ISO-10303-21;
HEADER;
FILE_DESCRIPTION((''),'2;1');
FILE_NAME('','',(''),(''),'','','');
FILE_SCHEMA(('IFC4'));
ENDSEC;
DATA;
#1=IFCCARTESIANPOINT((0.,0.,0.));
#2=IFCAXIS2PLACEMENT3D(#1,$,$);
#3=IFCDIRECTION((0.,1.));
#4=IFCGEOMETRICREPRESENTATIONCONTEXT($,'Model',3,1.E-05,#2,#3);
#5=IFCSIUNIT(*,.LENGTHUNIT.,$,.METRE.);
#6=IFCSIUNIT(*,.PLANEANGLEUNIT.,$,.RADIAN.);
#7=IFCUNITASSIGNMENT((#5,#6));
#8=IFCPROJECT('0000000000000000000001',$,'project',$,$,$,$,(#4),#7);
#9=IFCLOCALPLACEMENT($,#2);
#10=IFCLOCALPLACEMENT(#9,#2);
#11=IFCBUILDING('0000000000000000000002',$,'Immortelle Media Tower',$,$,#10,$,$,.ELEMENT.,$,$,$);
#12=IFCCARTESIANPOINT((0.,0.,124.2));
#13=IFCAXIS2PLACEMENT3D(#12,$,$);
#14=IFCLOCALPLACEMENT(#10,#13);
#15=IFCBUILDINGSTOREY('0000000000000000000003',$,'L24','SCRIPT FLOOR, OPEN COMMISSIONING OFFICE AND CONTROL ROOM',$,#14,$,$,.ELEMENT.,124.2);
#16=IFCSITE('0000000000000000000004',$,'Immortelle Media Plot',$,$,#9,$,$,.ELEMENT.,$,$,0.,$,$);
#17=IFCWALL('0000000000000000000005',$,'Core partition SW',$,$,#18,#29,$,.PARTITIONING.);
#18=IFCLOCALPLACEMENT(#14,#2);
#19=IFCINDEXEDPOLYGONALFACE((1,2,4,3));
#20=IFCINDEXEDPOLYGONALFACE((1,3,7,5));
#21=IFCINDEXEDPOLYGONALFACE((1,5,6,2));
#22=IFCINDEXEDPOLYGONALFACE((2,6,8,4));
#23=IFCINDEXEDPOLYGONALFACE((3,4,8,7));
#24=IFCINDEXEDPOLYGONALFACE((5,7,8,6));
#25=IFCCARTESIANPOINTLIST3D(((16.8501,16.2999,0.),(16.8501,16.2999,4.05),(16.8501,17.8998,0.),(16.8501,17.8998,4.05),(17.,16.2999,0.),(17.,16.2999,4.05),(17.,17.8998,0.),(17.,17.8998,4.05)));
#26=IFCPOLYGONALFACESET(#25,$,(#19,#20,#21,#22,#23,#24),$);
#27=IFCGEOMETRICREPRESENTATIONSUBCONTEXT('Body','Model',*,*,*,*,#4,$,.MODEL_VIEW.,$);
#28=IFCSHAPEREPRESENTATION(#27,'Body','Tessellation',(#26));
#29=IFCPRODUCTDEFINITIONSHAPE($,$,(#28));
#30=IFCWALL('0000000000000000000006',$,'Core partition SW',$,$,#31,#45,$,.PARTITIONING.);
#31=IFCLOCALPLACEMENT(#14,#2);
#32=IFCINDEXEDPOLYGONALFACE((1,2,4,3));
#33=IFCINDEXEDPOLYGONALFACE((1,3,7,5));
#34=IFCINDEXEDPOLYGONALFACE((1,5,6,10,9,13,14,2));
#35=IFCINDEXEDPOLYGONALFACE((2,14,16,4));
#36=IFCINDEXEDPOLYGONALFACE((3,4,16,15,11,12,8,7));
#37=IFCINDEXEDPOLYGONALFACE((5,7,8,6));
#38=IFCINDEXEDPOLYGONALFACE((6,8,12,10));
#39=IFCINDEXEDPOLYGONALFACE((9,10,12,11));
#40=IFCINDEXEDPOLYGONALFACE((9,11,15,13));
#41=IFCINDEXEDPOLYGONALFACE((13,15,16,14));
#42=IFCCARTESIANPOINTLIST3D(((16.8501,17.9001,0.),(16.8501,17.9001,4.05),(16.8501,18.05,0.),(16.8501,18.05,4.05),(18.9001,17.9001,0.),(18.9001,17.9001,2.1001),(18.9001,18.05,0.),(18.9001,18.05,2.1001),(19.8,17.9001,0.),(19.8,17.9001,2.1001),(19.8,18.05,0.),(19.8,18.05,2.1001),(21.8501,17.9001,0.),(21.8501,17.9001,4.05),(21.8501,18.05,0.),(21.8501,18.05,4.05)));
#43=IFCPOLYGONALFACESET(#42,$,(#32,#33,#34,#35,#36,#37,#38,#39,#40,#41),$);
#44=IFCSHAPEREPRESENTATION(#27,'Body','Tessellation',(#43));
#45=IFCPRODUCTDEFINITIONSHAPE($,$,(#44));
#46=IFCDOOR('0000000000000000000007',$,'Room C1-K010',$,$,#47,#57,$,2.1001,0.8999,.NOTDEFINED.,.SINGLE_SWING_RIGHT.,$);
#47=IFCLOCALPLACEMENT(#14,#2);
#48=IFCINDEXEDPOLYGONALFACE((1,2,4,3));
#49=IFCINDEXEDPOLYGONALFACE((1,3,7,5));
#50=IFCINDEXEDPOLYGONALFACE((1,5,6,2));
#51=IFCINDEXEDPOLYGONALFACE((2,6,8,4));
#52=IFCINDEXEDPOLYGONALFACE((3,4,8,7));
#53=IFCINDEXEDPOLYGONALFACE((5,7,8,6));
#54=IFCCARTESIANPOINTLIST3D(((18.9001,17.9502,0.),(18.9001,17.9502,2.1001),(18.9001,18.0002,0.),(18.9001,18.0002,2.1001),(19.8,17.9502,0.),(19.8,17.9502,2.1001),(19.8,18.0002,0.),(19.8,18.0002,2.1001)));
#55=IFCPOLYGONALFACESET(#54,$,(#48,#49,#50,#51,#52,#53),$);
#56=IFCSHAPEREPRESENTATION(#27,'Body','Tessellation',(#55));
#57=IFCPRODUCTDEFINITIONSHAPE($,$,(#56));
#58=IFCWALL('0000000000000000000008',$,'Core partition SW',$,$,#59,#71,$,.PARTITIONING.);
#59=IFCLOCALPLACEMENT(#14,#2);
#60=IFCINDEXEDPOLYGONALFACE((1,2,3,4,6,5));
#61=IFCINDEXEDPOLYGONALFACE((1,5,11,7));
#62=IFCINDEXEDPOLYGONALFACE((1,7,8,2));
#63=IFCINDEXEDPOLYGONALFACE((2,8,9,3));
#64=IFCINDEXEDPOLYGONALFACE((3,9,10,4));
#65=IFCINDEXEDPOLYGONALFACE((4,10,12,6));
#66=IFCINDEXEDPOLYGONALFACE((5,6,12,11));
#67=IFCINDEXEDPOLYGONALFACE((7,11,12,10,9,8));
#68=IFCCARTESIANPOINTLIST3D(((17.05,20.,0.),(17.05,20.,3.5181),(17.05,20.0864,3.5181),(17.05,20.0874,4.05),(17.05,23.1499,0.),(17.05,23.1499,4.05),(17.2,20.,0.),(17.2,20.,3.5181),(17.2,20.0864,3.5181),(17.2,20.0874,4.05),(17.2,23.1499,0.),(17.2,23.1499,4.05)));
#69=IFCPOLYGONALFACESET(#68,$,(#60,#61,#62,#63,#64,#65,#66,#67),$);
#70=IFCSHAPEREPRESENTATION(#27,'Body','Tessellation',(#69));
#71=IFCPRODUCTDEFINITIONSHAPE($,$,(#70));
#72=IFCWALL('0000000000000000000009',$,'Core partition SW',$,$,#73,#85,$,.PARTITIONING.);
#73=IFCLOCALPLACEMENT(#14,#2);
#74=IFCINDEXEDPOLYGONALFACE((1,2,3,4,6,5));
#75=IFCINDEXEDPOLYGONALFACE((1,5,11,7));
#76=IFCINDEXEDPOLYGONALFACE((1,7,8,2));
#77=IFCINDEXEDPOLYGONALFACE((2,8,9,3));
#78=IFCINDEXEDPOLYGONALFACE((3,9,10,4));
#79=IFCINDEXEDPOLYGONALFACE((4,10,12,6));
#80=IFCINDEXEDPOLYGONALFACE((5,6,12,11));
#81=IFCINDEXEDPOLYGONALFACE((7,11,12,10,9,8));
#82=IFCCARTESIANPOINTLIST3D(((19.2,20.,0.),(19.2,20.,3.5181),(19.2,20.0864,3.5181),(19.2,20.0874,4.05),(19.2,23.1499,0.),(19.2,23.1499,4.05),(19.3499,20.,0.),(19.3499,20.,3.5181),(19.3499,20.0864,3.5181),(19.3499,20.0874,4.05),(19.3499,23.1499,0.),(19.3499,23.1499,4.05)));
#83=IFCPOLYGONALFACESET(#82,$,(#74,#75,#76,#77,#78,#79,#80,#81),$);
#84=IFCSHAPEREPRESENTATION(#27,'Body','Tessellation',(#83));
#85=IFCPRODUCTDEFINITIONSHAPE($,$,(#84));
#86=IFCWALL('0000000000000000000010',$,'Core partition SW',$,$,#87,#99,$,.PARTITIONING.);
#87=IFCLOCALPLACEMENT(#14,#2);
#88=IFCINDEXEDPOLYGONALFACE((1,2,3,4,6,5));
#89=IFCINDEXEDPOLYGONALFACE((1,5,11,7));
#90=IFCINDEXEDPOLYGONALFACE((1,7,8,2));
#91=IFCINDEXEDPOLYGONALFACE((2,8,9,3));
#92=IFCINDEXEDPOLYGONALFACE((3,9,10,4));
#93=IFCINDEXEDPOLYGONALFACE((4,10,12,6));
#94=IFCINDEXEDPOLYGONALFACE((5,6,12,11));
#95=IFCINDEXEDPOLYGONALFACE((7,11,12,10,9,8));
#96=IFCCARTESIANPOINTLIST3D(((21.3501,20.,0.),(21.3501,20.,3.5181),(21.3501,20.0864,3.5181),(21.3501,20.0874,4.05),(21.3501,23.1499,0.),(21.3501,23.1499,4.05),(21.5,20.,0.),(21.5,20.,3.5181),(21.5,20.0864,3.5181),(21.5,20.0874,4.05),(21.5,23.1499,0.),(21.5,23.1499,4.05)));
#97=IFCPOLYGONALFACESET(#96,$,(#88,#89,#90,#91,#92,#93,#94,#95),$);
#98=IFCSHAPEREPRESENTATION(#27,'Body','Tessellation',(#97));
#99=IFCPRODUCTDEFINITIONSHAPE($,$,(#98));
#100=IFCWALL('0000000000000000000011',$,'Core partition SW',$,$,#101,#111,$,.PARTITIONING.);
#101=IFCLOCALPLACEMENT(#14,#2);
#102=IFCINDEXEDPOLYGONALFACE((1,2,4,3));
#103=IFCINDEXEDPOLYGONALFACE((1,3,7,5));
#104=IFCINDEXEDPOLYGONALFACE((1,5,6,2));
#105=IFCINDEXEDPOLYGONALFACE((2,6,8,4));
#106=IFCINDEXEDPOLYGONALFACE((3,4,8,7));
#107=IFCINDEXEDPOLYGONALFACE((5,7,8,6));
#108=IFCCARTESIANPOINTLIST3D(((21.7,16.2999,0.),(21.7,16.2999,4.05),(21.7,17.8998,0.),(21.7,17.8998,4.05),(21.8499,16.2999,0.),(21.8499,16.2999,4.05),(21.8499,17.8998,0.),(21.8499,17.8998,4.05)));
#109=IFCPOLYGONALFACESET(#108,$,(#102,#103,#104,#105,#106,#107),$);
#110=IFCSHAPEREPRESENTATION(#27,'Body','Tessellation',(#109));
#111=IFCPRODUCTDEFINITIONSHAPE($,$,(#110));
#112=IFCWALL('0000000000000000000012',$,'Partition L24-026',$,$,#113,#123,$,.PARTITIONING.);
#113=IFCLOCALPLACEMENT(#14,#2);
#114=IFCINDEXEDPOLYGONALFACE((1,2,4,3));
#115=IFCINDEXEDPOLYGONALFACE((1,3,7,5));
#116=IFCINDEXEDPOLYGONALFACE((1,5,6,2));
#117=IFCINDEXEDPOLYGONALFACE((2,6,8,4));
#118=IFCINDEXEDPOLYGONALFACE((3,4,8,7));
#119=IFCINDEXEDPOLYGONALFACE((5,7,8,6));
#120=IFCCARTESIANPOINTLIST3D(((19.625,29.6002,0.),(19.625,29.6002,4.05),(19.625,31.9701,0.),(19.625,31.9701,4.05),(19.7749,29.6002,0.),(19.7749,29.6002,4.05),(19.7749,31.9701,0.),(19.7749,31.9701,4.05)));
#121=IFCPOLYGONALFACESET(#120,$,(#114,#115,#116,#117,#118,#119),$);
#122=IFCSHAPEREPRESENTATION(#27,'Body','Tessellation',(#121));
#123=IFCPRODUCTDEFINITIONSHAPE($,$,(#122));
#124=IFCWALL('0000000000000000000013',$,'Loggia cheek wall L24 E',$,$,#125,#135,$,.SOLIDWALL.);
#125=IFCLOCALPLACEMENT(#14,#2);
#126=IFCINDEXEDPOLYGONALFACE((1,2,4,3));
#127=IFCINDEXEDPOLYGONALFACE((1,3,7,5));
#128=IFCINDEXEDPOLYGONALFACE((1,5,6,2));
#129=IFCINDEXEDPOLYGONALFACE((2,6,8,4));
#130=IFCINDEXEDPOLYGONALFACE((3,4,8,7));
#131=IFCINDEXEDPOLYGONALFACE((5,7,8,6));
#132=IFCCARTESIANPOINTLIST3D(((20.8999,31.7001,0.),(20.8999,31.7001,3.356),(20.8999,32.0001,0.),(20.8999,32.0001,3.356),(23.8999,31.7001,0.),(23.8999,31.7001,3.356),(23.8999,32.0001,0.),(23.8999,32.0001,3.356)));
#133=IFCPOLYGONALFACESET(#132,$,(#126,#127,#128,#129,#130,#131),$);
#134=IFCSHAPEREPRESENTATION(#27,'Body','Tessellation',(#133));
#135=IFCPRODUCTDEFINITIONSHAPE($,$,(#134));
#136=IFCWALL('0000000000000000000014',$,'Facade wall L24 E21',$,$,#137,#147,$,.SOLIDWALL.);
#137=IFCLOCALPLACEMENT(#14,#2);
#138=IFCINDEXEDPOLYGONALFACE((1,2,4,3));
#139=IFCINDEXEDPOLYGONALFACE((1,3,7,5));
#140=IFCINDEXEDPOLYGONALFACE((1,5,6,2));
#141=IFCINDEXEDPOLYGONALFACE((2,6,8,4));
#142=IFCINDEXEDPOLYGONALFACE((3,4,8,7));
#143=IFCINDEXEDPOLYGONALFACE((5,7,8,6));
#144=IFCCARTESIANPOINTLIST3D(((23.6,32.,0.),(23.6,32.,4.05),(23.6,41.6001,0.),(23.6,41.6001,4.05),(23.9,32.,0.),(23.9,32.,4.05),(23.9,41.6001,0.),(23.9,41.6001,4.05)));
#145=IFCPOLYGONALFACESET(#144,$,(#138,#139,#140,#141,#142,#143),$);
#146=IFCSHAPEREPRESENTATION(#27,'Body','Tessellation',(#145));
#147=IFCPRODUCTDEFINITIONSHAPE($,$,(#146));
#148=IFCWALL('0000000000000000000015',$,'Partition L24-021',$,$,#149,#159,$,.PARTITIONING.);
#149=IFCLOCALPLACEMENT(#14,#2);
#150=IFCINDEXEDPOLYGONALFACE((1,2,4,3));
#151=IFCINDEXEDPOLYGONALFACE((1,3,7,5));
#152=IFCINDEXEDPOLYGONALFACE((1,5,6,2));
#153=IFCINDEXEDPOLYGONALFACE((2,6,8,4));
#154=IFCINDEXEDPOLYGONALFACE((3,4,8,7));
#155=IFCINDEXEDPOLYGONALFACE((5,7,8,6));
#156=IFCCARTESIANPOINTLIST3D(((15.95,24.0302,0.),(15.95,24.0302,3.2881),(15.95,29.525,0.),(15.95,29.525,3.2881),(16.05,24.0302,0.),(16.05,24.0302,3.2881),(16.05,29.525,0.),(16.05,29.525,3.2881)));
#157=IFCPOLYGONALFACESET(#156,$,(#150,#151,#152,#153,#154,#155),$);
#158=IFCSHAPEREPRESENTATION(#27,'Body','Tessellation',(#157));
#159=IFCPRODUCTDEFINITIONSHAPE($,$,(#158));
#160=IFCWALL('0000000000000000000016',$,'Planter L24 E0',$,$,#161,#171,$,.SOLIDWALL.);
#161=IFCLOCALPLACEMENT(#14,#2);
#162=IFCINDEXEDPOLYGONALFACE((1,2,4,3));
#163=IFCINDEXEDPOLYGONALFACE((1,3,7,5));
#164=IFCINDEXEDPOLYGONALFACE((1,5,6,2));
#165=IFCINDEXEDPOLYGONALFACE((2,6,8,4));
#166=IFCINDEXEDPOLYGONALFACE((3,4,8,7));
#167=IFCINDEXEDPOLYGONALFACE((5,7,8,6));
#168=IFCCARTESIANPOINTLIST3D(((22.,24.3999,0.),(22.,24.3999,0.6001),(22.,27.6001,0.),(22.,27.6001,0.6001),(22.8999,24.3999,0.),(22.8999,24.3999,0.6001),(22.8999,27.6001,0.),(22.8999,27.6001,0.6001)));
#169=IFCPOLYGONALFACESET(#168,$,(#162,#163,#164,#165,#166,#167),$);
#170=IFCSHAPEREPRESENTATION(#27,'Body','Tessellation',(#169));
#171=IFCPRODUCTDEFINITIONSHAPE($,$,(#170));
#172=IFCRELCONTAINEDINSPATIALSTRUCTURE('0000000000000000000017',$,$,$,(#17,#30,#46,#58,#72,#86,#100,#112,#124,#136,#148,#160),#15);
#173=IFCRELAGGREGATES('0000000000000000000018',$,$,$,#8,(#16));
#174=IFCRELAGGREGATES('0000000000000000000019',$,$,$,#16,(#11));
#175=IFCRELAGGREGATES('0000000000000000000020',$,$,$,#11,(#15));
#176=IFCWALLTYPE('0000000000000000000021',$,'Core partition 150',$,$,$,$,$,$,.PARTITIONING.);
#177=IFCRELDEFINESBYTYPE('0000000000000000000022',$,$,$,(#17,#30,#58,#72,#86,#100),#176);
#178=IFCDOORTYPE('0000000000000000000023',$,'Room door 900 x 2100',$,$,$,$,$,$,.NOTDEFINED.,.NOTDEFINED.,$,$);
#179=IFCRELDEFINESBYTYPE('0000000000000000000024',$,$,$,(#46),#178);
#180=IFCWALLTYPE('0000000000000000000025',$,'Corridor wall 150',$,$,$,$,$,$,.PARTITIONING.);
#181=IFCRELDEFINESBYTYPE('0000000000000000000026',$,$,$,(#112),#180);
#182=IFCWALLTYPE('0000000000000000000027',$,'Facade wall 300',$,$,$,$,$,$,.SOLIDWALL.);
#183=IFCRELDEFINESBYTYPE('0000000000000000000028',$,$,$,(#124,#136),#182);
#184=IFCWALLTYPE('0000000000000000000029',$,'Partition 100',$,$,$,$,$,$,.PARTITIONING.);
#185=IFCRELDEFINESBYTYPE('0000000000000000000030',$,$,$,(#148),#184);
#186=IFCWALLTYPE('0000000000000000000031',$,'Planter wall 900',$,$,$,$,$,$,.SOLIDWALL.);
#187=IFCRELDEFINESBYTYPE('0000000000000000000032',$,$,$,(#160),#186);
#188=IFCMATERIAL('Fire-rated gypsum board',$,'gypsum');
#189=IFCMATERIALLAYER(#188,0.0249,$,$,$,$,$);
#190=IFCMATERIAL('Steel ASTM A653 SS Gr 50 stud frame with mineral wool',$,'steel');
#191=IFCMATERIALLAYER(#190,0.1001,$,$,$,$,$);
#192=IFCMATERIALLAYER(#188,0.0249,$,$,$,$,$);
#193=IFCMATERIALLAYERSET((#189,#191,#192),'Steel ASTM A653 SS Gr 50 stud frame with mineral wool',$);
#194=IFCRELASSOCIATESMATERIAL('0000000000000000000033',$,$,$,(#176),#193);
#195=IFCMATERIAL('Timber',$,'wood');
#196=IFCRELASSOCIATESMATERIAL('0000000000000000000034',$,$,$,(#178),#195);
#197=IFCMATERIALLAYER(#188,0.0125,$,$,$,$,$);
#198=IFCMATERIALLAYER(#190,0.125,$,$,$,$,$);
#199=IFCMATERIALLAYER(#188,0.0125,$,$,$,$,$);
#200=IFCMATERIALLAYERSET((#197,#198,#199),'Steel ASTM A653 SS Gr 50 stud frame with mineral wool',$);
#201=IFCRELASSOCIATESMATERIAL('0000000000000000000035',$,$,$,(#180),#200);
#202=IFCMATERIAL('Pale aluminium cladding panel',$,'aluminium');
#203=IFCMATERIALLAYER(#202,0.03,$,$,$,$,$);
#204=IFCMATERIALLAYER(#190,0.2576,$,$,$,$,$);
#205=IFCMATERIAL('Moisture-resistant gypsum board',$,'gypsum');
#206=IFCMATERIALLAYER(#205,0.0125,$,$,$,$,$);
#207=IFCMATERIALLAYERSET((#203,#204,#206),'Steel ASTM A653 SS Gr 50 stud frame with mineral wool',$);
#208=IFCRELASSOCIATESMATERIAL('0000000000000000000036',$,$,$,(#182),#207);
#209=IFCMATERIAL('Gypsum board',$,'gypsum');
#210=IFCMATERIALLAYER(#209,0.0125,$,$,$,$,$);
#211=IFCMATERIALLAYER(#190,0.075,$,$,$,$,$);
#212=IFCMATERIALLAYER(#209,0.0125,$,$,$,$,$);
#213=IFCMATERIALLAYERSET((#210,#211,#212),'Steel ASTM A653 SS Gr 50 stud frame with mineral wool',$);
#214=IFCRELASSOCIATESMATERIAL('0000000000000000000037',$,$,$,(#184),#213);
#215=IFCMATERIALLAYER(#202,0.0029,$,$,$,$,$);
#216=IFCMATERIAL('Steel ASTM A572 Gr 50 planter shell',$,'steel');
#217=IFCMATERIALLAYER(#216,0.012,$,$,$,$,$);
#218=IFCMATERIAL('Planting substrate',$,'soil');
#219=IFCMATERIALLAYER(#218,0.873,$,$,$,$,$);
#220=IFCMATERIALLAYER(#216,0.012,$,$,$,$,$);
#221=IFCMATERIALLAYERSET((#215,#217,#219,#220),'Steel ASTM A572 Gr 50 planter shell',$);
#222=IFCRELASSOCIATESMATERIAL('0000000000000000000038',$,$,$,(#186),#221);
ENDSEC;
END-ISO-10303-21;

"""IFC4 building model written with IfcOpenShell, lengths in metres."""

from ifc_helpers import new_model, si_unit, direction, frame, frame_2d, origin, place, context, subcontext, project, spatial, polyline, rectangle, outline, extrude, material, layer, layer_set, type_object, element, fill, save


model = new_model("IFC4")

# Units and contexts
model_context = context("Model", 3, precision=1e-05, world=origin(), true_north=direction((0.0, 1.0)))
body_context = subcontext(model_context, "Body", "Model", "MODEL_VIEW")
ifc_project = project(units=[si_unit("LENGTHUNIT", "METRE"), si_unit("PLANEANGLEUNIT", "RADIAN")], contexts=[model_context])

# Site, building, storey
site_placement = place(None, origin())
site = spatial("IfcSite", under=ifc_project, at=site_placement, Name="Immortelle Media Plot", CompositionType="ELEMENT", RefElevation=0.0)
building_placement = place(site_placement, origin())
building = spatial("IfcBuilding", under=site, at=building_placement, Name="Immortelle Media Tower", CompositionType="ELEMENT")
storey_placement = place(building_placement, frame((0.0, 0.0, 124.2)))
storey = spatial("IfcBuildingStorey", under=building, at=storey_placement, Name="L24", Description="SCRIPT FLOOR, OPEN COMMISSIONING OFFICE AND CONTROL ROOM", CompositionType="ELEMENT", Elevation=124.2)

# Wall
ifc_material_1 = material(Name="Fire-rated gypsum board", Category="gypsum")
ifc_layer_1 = layer(ifc_material_1, 0.0249)
ifc_material_2 = material(Name="Steel ASTM A653 SS Gr 50 stud frame with mineral wool", Category="steel")
ifc_layer_2 = layer(ifc_material_2, 0.1001)
ifc_layer_3 = layer(ifc_material_1, 0.0249)
ifc_layer_set_1 = layer_set([ifc_layer_1, ifc_layer_2, ifc_layer_3], Name="Steel ASTM A653 SS Gr 50 stud frame with mineral wool")
wall_type_1 = type_object("IfcWallType", Name="Core partition 150", PredefinedType="PARTITIONING", material=ifc_layer_set_1)
wall_1_placement = place(storey_placement, frame((16.925, 16.3, 0.0), z_axis=(0.0, 0.0, 1.0), x_axis=(0.0, 1.0, 0.0)))
element("IfcWall", 1, at=wall_1_placement, inside=storey, type_object=wall_type_1, Name="Core partition SW", PredefinedType="PARTITIONING", context=body_context, shape_type="SweptSolid", body=[
    extrude(rectangle(XDim=1.5999, YDim=0.1499, at=frame_2d((0.7998, 0.0))), origin(), (0.0, 0.0, 1.0), 4.05),
])

# Wall, opening, door
wall_2_placement = place(storey_placement, frame((16.8501, 17.9751, 0.0), z_axis=(0.0, 0.0, 1.0), x_axis=(1.0, 0.0, 0.0)))
wall_2 = element("IfcWall", 2, at=wall_2_placement, inside=storey, type_object=wall_type_1, Name="Core partition SW", PredefinedType="PARTITIONING", context=body_context, shape_type="SweptSolid", body=[
    extrude(rectangle(XDim=5.0, YDim=0.1499, at=frame_2d((2.5, 0.0))), origin(), (0.0, 0.0, 1.0), 4.05),
])
opening_1_placement = place(wall_2_placement, frame((2.95, 0.0, 0.0), z_axis=(0.0, 0.0, 1.0), x_axis=(-1.0, 0.0, 0.0)))
opening_1 = element("IfcOpeningElement", 3, at=opening_1_placement, cuts=wall_2, PredefinedType="OPENING", context=body_context, shape_type="SweptSolid", body=[
    extrude(rectangle(XDim=0.8999, YDim=2.1001, at=frame_2d((0.45, 1.05))), frame((0.0, 0.085, 0.0), z_axis=(0.0, -1.0, 0.0), x_axis=(1.0, 0.0, 0.0)), (0.0, 0.0, 1.0), 0.1699),
])
ifc_material_3 = material(Name="Timber", Category="wood")
door_type_1 = type_object("IfcDoorType", Name="Room door 900 x 2100", OperationType="NOTDEFINED", PredefinedType="NOTDEFINED", material=ifc_material_3)
door_1_placement = place(opening_1_placement, origin())
door_1 = element("IfcDoor", 4, at=door_1_placement, inside=storey, type_object=door_type_1, Name="Room C1-K010", OperationType="SINGLE_SWING_RIGHT", OverallHeight=2.1001, OverallWidth=0.8999, PredefinedType="NOTDEFINED", context=body_context, shape_type="SweptSolid", body=[
    extrude(rectangle(XDim=0.8999, YDim=2.1001, at=frame_2d((0.45, 1.05))), frame((0.0, 0.0249, 0.0), z_axis=(0.0, -1.0, 0.0), x_axis=(1.0, 0.0, 0.0)), (0.0, 0.0, 1.0), 0.05),
])
fill(opening_1, door_1)

# Walls
for number, where, z_axis, x_axis, name in (
    (5, (17.125, 20.0, 0.0), (0.0, 0.0, 1.0), (0.0, 1.0, 0.0), "Core partition SW"),
    (6, (19.2749, 20.0, 0.0), (0.0, 0.0, 1.0), (0.0, 1.0, 0.0), "Core partition SW"),
    (7, (21.425, 20.0, 0.0), (0.0, 0.0, 1.0), (0.0, 1.0, 0.0), "Core partition SW"),
):
    element("IfcWall", number, at=place(storey_placement, frame(where, z_axis=z_axis, x_axis=x_axis)), inside=storey, type_object=wall_type_1, Name=name, PredefinedType="PARTITIONING", context=body_context, shape_type="SweptSolid", body=[
        extrude(outline(polyline([(0.0, 0.0), (3.1499, 0.0), (3.1499, 4.05), (0.0874, 4.05), (0.0864, 3.5181), (0.0, 3.5181), (0.0, 0.0)])), frame((0.0, 0.075, 0.0), z_axis=(0.0, -1.0, 0.0), x_axis=(1.0, 0.0, 0.0)), (0.0, 0.0, 1.0), 0.1499),
    ])
wall_3_placement = place(storey_placement, frame((21.7749, 16.3, 0.0), z_axis=(0.0, 0.0, 1.0), x_axis=(0.0, 1.0, 0.0)))
element("IfcWall", 8, at=wall_3_placement, inside=storey, type_object=wall_type_1, Name="Core partition SW", PredefinedType="PARTITIONING", context=body_context, shape_type="SweptSolid", body=[
    extrude(rectangle(XDim=1.5999, YDim=0.1499, at=frame_2d((0.7998, 0.0))), origin(), (0.0, 0.0, 1.0), 4.05),
])
ifc_layer_4 = layer(ifc_material_1, 0.0125)
ifc_layer_5 = layer(ifc_material_2, 0.125)
ifc_layer_6 = layer(ifc_material_1, 0.0125)
ifc_layer_set_2 = layer_set([ifc_layer_4, ifc_layer_5, ifc_layer_6], Name="Steel ASTM A653 SS Gr 50 stud frame with mineral wool")
wall_type_2 = type_object("IfcWallType", Name="Corridor wall 150", PredefinedType="PARTITIONING", material=ifc_layer_set_2)
wall_4_placement = place(storey_placement, frame((19.7, 29.6001, 0.0), z_axis=(0.0, 0.0, 1.0), x_axis=(0.0, 1.0, 0.0)))
element("IfcWall", 9, at=wall_4_placement, inside=storey, type_object=wall_type_2, Name="Partition L24-026", PredefinedType="PARTITIONING", context=body_context, shape_type="SweptSolid", body=[
    extrude(rectangle(XDim=2.3699, YDim=0.1499, at=frame_2d((1.1851, 0.0))), origin(), (0.0, 0.0, 1.0), 4.05),
])

# Shared definitions
ifc_material_4 = material(Name="Pale aluminium cladding panel", Category="aluminium")
ifc_layer_7 = layer(ifc_material_4, 0.03)
ifc_layer_8 = layer(ifc_material_2, 0.2576)
ifc_material_5 = material(Name="Moisture-resistant gypsum board", Category="gypsum")
ifc_layer_9 = layer(ifc_material_5, 0.0125)
ifc_layer_set_3 = layer_set([ifc_layer_7, ifc_layer_8, ifc_layer_9], Name="Steel ASTM A653 SS Gr 50 stud frame with mineral wool")
wall_type_3 = type_object("IfcWallType", Name="Facade wall 300", PredefinedType="SOLIDWALL", material=ifc_layer_set_3)

# Walls
wall_5_placement = place(storey_placement, frame((23.8999, 31.8501, 0.0), z_axis=(0.0, 0.0, 1.0), x_axis=(-1.0, 0.0, 0.0)))
element("IfcWall", 10, at=wall_5_placement, inside=storey, type_object=wall_type_3, Name="Loggia cheek wall L24 E", PredefinedType="SOLIDWALL", context=body_context, shape_type="SweptSolid", body=[
    extrude(rectangle(XDim=3.0, YDim=0.3, at=frame_2d((1.5, 0.0))), origin(), (0.0, 0.0, 1.0), 3.356),
])
wall_6_placement = place(storey_placement, frame((23.75, 32.0, 0.0), z_axis=(0.0, 0.0, 1.0), x_axis=(0.0, 1.0, 0.0)))
element("IfcWall", 11, at=wall_6_placement, inside=storey, type_object=wall_type_3, Name="Facade wall L24 E21", PredefinedType="SOLIDWALL", context=body_context, shape_type="SweptSolid", body=[
    extrude(rectangle(XDim=9.6001, YDim=0.3, at=frame_2d((4.8, 0.0))), origin(), (0.0, 0.0, 1.0), 4.05),
])
ifc_material_6 = material(Name="Gypsum board", Category="gypsum")
ifc_layer_10 = layer(ifc_material_6, 0.0125)
ifc_layer_11 = layer(ifc_material_2, 0.075)
ifc_layer_12 = layer(ifc_material_6, 0.0125)
ifc_layer_set_4 = layer_set([ifc_layer_10, ifc_layer_11, ifc_layer_12], Name="Steel ASTM A653 SS Gr 50 stud frame with mineral wool")
wall_type_4 = type_object("IfcWallType", Name="Partition 100", PredefinedType="PARTITIONING", material=ifc_layer_set_4)
wall_7_placement = place(storey_placement, frame((16.0, 24.03, 0.0), z_axis=(0.0, 0.0, 1.0), x_axis=(0.0, 1.0, 0.0)))
element("IfcWall", 12, at=wall_7_placement, inside=storey, type_object=wall_type_4, Name="Partition L24-021", PredefinedType="PARTITIONING", context=body_context, shape_type="SweptSolid", body=[
    extrude(rectangle(XDim=5.4949, YDim=0.1001, at=frame_2d((2.7476, 0.0))), origin(), (0.0, 0.0, 1.0), 3.2881),
])
ifc_layer_13 = layer(ifc_material_4, 0.0029)
ifc_material_7 = material(Name="Steel ASTM A572 Gr 50 planter shell", Category="steel")
ifc_layer_14 = layer(ifc_material_7, 0.012)
ifc_material_8 = material(Name="Planting substrate", Category="soil")
ifc_layer_15 = layer(ifc_material_8, 0.873)
ifc_layer_16 = layer(ifc_material_7, 0.012)
ifc_layer_set_5 = layer_set([ifc_layer_13, ifc_layer_14, ifc_layer_15, ifc_layer_16], Name="Steel ASTM A572 Gr 50 planter shell")
wall_type_5 = type_object("IfcWallType", Name="Planter wall 900", PredefinedType="SOLIDWALL", material=ifc_layer_set_5)
wall_8_placement = place(storey_placement, frame((22.45, 24.3999, 0.0), z_axis=(0.0, 0.0, 1.0), x_axis=(0.0, 1.0, 0.0)))
element("IfcWall", 13, at=wall_8_placement, inside=storey, type_object=wall_type_5, Name="Planter L24 E0", PredefinedType="SOLIDWALL", context=body_context, shape_type="SweptSolid", body=[
    extrude(rectangle(XDim=3.2002, YDim=0.8999, at=frame_2d((1.6001, 0.0))), origin(), (0.0, 0.0, 1.0), 0.6001),
])

save(model, "model.ifc")
